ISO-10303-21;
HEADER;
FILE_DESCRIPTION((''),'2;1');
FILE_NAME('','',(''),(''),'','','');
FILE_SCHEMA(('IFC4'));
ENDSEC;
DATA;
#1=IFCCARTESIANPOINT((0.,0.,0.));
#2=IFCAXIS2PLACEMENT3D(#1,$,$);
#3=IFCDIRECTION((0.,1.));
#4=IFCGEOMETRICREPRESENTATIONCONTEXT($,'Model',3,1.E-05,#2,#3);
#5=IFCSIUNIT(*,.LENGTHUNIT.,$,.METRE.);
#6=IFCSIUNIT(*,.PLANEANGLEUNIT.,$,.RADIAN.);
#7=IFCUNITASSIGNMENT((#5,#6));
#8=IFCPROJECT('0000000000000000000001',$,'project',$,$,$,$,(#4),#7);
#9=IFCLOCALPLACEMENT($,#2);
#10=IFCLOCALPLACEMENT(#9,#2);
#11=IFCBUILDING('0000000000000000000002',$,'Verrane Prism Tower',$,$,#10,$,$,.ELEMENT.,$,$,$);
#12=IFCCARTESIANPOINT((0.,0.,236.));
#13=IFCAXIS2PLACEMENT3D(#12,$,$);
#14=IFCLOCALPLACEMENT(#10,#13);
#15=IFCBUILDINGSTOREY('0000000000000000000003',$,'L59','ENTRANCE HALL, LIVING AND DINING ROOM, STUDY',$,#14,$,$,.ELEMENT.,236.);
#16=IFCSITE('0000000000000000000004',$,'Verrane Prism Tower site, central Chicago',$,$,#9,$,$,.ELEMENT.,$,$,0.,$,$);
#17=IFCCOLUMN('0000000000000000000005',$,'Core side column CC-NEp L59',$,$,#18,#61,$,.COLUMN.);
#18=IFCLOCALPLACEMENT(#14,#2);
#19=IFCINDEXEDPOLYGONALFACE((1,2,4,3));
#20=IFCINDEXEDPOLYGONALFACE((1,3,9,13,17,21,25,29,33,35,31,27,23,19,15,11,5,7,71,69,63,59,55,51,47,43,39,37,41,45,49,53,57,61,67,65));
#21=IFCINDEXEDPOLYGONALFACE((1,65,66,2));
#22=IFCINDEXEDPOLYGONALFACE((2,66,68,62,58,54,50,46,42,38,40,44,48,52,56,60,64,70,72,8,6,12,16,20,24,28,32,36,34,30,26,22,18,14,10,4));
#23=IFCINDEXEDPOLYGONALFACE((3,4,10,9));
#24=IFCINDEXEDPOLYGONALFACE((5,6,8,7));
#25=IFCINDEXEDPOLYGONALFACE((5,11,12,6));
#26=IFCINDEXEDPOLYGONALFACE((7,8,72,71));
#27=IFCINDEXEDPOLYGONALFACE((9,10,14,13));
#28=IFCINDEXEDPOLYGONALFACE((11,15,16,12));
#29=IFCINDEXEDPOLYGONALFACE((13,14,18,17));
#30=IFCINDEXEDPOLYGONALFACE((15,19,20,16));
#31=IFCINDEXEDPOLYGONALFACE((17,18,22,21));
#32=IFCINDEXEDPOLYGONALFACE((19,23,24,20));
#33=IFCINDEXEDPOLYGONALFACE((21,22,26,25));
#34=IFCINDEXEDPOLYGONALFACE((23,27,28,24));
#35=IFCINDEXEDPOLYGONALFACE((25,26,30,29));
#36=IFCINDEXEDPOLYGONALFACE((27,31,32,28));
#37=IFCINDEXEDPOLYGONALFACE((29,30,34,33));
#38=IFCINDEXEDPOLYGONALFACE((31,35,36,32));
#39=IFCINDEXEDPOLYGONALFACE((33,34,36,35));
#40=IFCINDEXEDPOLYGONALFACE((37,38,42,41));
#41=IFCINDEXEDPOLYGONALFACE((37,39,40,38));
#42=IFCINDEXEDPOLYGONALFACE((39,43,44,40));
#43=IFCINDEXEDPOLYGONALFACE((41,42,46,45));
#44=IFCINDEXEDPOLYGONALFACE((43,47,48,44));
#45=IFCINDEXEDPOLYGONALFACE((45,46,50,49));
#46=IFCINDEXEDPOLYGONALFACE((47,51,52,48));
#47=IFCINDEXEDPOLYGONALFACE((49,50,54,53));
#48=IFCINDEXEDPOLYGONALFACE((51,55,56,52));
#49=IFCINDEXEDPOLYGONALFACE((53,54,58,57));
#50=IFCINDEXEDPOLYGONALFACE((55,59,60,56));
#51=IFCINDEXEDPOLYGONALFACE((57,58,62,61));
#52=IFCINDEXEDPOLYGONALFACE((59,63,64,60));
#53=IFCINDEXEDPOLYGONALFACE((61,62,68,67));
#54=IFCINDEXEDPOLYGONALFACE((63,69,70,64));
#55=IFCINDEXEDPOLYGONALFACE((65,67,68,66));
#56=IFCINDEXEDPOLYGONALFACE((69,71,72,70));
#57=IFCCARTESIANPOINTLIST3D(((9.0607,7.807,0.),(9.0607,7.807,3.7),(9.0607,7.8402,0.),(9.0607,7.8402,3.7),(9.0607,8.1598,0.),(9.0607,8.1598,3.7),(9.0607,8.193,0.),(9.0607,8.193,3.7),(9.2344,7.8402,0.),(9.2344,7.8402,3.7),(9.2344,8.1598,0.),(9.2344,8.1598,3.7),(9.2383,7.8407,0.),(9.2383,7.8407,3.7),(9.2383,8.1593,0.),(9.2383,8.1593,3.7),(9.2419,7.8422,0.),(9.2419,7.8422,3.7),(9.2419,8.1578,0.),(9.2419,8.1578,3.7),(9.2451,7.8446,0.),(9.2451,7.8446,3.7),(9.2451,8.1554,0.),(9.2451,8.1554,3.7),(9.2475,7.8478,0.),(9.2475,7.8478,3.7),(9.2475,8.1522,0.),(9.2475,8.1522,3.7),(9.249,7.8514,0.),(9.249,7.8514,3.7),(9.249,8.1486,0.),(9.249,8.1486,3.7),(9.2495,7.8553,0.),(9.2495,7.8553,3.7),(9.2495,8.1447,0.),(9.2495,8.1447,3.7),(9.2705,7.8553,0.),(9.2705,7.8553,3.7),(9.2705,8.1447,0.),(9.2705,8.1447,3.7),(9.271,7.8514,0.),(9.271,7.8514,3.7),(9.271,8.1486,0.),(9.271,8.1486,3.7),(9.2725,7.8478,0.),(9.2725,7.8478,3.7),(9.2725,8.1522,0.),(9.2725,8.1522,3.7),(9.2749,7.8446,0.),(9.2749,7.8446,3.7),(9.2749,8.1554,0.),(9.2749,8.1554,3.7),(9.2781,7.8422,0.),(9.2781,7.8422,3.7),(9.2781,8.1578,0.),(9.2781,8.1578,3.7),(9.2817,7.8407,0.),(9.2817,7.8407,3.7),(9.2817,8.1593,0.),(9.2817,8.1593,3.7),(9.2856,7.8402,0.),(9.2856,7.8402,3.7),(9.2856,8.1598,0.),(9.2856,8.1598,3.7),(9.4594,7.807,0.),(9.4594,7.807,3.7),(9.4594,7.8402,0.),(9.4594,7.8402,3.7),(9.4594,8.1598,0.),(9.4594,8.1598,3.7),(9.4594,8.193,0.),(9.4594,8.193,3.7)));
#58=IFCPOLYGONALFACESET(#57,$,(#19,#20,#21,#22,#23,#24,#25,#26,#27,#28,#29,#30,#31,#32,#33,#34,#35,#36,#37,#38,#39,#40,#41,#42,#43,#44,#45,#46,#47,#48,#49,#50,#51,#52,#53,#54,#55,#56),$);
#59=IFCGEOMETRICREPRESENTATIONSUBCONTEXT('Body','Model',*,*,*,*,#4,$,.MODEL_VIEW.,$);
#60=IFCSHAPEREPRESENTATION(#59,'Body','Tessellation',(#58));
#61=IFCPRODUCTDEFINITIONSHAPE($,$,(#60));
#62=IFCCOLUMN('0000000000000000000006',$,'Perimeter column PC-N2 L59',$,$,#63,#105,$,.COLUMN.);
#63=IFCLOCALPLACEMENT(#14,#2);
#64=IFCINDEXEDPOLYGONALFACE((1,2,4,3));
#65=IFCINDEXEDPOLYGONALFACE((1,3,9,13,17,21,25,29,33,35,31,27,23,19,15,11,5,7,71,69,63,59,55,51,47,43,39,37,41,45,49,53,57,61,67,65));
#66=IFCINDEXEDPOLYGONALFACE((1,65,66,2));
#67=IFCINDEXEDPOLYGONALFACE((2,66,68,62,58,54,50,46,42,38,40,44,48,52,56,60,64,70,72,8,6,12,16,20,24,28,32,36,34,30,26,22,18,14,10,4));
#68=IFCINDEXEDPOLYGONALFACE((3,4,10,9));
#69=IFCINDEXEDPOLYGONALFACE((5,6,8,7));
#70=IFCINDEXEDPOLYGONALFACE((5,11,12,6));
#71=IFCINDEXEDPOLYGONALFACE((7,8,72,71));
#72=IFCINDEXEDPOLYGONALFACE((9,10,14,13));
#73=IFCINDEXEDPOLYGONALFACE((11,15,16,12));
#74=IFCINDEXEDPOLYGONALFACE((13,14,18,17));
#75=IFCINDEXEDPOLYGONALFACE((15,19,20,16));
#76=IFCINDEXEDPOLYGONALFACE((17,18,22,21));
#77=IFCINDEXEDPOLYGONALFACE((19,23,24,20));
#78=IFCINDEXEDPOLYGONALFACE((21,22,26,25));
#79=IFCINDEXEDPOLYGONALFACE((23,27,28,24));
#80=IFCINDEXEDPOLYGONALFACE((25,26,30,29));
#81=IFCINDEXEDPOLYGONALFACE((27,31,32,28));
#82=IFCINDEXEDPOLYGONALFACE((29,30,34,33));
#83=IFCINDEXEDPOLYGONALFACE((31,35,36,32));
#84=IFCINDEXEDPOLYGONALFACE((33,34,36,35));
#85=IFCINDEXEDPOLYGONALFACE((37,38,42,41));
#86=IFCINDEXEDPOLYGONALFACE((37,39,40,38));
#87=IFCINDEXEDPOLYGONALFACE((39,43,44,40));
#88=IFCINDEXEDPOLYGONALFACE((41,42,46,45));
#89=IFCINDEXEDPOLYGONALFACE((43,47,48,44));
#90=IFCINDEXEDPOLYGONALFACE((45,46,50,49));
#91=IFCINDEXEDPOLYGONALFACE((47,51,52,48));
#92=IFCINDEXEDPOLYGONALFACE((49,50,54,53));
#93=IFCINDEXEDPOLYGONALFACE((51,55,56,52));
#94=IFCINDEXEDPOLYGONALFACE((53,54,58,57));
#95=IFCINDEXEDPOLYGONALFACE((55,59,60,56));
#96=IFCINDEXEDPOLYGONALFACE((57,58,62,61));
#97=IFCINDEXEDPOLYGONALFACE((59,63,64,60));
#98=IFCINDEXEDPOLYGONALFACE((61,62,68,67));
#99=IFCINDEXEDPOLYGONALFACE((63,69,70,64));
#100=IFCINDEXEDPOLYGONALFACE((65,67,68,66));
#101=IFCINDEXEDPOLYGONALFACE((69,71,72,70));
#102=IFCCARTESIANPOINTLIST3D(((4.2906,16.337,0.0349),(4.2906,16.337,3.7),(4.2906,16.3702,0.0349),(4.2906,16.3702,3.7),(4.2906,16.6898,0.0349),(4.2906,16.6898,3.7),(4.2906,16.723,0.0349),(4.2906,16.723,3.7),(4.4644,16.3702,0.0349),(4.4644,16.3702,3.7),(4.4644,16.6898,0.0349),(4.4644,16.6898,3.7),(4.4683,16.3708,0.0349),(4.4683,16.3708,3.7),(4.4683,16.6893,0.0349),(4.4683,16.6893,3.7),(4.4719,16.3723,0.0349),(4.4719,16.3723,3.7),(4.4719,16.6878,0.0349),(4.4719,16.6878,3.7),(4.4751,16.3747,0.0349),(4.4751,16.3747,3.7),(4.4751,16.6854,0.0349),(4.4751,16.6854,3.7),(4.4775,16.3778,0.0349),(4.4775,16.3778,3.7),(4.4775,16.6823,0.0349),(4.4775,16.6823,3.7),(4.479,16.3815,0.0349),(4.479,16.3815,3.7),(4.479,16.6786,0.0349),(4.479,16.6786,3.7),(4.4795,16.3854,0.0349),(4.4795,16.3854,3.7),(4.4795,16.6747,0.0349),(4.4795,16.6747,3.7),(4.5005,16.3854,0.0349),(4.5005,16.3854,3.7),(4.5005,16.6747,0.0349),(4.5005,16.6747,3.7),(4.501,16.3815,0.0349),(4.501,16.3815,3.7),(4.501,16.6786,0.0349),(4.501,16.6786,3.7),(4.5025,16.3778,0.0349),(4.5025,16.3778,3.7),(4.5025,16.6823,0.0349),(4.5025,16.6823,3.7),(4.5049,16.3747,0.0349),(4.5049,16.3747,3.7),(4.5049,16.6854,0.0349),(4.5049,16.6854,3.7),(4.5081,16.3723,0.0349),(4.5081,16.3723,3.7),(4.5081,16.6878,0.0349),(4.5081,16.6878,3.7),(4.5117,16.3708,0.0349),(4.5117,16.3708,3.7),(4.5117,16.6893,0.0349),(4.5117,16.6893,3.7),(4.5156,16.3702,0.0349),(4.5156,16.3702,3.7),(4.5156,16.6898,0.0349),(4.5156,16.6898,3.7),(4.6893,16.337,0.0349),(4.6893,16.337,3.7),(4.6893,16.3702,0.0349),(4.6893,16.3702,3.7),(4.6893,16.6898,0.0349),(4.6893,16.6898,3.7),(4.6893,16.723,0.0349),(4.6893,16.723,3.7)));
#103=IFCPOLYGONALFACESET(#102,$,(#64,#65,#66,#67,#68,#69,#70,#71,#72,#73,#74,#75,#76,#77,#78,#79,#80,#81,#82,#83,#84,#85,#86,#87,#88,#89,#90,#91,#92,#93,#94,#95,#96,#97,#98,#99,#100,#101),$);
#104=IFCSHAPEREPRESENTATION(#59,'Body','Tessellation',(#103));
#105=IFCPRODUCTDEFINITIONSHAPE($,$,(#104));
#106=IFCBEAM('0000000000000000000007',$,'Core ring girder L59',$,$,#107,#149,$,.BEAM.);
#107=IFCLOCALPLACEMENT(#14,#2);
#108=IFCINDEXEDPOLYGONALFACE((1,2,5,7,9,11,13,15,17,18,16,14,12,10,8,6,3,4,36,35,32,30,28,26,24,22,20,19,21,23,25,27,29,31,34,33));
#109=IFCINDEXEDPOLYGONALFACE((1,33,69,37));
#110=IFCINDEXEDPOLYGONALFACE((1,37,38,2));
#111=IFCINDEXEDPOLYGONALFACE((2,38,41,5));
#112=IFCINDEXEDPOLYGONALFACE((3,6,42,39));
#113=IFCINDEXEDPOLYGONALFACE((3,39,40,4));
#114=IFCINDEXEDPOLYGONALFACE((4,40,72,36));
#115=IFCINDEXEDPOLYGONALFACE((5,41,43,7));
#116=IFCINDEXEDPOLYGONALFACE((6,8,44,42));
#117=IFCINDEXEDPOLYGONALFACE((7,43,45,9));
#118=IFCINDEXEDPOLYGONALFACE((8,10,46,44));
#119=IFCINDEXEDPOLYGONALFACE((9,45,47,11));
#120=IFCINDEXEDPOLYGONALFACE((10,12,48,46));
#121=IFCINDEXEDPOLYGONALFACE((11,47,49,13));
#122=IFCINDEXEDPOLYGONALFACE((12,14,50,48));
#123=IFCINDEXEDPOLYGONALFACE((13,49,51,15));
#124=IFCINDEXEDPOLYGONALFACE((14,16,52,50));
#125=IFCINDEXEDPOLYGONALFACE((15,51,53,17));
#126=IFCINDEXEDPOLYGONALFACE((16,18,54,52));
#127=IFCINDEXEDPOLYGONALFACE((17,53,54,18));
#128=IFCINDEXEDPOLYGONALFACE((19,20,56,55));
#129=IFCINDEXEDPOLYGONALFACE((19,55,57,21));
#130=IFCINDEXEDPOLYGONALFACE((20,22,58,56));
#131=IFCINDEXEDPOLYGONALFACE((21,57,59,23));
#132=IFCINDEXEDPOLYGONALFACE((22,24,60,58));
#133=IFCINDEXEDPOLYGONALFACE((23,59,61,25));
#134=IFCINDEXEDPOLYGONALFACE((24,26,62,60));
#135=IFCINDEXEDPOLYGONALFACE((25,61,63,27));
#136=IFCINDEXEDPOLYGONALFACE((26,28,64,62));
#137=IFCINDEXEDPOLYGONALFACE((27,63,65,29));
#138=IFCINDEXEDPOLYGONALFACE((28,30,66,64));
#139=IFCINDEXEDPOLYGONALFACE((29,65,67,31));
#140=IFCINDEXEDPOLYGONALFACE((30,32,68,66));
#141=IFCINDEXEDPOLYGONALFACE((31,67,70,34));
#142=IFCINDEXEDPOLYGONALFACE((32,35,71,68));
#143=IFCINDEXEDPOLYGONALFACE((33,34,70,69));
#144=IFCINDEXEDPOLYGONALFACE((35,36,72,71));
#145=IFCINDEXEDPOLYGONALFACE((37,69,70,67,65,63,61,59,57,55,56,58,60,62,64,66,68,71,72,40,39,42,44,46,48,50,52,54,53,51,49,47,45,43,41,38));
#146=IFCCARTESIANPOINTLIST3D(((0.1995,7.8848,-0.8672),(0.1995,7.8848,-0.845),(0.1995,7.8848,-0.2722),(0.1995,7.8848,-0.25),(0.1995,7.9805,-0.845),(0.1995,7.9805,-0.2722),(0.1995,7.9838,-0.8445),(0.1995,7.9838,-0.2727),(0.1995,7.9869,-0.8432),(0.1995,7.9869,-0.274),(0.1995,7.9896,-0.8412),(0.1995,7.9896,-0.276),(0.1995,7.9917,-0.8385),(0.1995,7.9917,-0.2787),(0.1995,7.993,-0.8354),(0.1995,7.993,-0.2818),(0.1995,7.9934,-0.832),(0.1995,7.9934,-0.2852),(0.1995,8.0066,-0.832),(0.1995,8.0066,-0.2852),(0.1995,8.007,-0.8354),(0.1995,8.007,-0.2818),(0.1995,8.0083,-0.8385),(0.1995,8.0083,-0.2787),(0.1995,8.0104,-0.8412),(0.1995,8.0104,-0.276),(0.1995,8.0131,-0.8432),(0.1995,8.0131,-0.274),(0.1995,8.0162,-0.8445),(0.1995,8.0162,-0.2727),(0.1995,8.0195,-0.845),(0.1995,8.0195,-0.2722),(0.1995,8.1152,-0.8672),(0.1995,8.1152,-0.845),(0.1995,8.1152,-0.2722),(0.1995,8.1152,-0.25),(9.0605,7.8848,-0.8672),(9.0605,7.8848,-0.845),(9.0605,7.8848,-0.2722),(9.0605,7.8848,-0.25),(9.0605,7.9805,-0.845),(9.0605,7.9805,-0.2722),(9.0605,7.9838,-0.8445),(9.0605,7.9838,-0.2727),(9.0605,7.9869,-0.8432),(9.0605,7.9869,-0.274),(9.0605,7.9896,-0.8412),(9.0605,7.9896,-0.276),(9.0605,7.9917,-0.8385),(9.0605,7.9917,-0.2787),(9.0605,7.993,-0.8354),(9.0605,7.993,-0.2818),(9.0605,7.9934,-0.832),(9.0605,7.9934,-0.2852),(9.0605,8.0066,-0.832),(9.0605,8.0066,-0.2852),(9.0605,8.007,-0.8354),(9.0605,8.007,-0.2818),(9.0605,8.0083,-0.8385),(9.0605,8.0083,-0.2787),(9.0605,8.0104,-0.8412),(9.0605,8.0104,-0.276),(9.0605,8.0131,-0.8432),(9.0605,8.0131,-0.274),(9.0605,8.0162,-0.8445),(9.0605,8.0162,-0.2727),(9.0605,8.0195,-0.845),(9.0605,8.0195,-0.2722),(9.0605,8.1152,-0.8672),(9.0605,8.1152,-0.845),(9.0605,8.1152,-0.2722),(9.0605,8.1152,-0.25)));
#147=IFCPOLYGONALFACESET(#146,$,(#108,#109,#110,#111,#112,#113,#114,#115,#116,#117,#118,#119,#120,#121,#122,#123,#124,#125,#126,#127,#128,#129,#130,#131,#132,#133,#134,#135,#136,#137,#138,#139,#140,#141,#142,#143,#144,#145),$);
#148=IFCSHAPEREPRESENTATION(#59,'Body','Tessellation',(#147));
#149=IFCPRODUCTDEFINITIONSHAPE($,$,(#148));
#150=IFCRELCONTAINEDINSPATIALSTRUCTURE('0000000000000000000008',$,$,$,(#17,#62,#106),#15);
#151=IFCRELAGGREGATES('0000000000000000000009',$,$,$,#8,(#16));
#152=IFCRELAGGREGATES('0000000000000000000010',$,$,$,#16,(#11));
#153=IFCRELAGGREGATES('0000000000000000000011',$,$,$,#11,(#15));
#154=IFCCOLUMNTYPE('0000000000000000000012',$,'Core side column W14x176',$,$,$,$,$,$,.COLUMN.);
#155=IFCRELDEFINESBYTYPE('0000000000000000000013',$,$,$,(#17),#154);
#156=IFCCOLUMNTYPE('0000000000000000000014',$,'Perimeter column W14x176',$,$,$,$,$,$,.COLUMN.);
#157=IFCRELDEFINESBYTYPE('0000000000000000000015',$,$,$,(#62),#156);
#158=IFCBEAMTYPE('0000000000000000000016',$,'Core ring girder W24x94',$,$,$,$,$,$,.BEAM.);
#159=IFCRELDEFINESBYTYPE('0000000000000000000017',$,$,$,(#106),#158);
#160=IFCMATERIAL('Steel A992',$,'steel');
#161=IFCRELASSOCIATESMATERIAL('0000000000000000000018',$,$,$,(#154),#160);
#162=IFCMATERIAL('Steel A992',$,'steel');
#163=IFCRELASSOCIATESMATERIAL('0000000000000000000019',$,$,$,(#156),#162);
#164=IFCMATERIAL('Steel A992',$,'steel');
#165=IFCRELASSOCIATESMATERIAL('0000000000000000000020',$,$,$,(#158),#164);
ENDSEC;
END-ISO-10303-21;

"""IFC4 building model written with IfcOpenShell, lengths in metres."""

from ifc_helpers import new_model, si_unit, direction, frame, origin, origin_2d, place, context, subcontext, project, spatial, i_section, extrude, material, material_profile, profile_set, type_object, element, save


model = new_model("IFC4")

# Units and contexts
model_context = context("Model", 3, precision=1e-05, world=origin(), true_north=direction((0.0, 1.0)))
body_context = subcontext(model_context, "Body", "Model", "MODEL_VIEW")
ifc_project = project(units=[si_unit("LENGTHUNIT", "METRE"), si_unit("PLANEANGLEUNIT", "RADIAN")], contexts=[model_context])

# Site, building, storey
site_placement = place(None, origin())
site = spatial("IfcSite", under=ifc_project, at=site_placement, Name="Verrane Prism Tower site, central Chicago", CompositionType="ELEMENT", RefElevation=0.0)
building_placement = place(site_placement, origin())
building = spatial("IfcBuilding", under=site, at=building_placement, Name="Verrane Prism Tower", CompositionType="ELEMENT")
storey_placement = place(building_placement, frame((0.0, 0.0, 236.0)))
storey = spatial("IfcBuildingStorey", under=building, at=storey_placement, Name="L59", Description="ENTRANCE HALL, LIVING AND DINING ROOM, STUDY", CompositionType="ELEMENT", Elevation=236.0)

# Columns
ifc_material_1 = material(Name="Steel A992", Category="steel")
ifc_material_profile_1 = material_profile(ifc_material_1, i_section(OverallWidth=0.3987, OverallDepth=0.386, WebThickness=0.021, FlangeThickness=0.0332, FilletRadius=0.0151, at=origin_2d()), Name="W14x176")
ifc_profile_set_1 = profile_set([ifc_material_profile_1], Name="Steel A992")
column_type_1 = type_object("IfcColumnType", Name="Core side column W14x176", PredefinedType="COLUMN", material=ifc_profile_set_1)
column_1_placement = place(storey_placement, frame((9.26, 8.0, 0.0), z_axis=(0.0, 0.0, 1.0), x_axis=(1.0, 0.0, 0.0)))
element("IfcColumn", 1, at=column_1_placement, inside=storey, type_object=column_type_1, Name="Core side column CC-NEp L59", PredefinedType="COLUMN", context=body_context, shape_type="SweptSolid", body=[
    extrude(i_section(OverallWidth=0.3987, OverallDepth=0.386, WebThickness=0.021, FlangeThickness=0.0332, FilletRadius=0.0151, at=origin_2d()), origin(), (0.0, 0.0, 1.0), 3.7),
])
ifc_material_2 = material(Name="Steel A992", Category="steel")
ifc_material_profile_2 = material_profile(ifc_material_2, i_section(OverallWidth=0.3987, OverallDepth=0.386, WebThickness=0.021, FlangeThickness=0.0332, FilletRadius=0.0151, at=origin_2d()), Name="W14x176")
ifc_profile_set_2 = profile_set([ifc_material_profile_2], Name="Steel A992")
column_type_2 = type_object("IfcColumnType", Name="Perimeter column W14x176", PredefinedType="COLUMN", material=ifc_profile_set_2)
column_2_placement = place(storey_placement, frame((4.49, 16.53, 0.0349), z_axis=(0.0, 0.0, 1.0), x_axis=(1.0, 0.0, 0.0)))
element("IfcColumn", 2, at=column_2_placement, inside=storey, type_object=column_type_2, Name="Perimeter column PC-N2 L59", PredefinedType="COLUMN", context=body_context, shape_type="SweptSolid", body=[
    extrude(i_section(OverallWidth=0.3987, OverallDepth=0.386, WebThickness=0.021, FlangeThickness=0.0332, FilletRadius=0.0151, at=origin_2d()), origin(), (0.0, 0.0, 1.0), 3.665),
])

# Beam
ifc_material_3 = material(Name="Steel A992", Category="steel")
ifc_material_profile_3 = material_profile(ifc_material_3, i_section(OverallWidth=0.2305, OverallDepth=0.6172, WebThickness=0.0132, FlangeThickness=0.0222, FilletRadius=0.0129, at=origin_2d()), Name="W24x94")
ifc_profile_set_3 = profile_set([ifc_material_profile_3], Name="Steel A992")
beam_type_1 = type_object("IfcBeamType", Name="Core ring girder W24x94", PredefinedType="BEAM", material=ifc_profile_set_3)
beam_1_placement = place(storey_placement, frame((9.0605, 8.0, -0.5586), z_axis=(-1.0, 0.0, 0.0), x_axis=(0.0, -1.0, 0.0)))
element("IfcBeam", 3, at=beam_1_placement, inside=storey, type_object=beam_type_1, Name="Core ring girder L59", PredefinedType="BEAM", context=body_context, shape_type="SweptSolid", body=[
    extrude(i_section(OverallWidth=0.2305, OverallDepth=0.6172, WebThickness=0.0132, FlangeThickness=0.0222, FilletRadius=0.0129, at=origin_2d()), origin(), (0.0, 0.0, 1.0), 8.8611),
])

save(model, "model.ifc")
